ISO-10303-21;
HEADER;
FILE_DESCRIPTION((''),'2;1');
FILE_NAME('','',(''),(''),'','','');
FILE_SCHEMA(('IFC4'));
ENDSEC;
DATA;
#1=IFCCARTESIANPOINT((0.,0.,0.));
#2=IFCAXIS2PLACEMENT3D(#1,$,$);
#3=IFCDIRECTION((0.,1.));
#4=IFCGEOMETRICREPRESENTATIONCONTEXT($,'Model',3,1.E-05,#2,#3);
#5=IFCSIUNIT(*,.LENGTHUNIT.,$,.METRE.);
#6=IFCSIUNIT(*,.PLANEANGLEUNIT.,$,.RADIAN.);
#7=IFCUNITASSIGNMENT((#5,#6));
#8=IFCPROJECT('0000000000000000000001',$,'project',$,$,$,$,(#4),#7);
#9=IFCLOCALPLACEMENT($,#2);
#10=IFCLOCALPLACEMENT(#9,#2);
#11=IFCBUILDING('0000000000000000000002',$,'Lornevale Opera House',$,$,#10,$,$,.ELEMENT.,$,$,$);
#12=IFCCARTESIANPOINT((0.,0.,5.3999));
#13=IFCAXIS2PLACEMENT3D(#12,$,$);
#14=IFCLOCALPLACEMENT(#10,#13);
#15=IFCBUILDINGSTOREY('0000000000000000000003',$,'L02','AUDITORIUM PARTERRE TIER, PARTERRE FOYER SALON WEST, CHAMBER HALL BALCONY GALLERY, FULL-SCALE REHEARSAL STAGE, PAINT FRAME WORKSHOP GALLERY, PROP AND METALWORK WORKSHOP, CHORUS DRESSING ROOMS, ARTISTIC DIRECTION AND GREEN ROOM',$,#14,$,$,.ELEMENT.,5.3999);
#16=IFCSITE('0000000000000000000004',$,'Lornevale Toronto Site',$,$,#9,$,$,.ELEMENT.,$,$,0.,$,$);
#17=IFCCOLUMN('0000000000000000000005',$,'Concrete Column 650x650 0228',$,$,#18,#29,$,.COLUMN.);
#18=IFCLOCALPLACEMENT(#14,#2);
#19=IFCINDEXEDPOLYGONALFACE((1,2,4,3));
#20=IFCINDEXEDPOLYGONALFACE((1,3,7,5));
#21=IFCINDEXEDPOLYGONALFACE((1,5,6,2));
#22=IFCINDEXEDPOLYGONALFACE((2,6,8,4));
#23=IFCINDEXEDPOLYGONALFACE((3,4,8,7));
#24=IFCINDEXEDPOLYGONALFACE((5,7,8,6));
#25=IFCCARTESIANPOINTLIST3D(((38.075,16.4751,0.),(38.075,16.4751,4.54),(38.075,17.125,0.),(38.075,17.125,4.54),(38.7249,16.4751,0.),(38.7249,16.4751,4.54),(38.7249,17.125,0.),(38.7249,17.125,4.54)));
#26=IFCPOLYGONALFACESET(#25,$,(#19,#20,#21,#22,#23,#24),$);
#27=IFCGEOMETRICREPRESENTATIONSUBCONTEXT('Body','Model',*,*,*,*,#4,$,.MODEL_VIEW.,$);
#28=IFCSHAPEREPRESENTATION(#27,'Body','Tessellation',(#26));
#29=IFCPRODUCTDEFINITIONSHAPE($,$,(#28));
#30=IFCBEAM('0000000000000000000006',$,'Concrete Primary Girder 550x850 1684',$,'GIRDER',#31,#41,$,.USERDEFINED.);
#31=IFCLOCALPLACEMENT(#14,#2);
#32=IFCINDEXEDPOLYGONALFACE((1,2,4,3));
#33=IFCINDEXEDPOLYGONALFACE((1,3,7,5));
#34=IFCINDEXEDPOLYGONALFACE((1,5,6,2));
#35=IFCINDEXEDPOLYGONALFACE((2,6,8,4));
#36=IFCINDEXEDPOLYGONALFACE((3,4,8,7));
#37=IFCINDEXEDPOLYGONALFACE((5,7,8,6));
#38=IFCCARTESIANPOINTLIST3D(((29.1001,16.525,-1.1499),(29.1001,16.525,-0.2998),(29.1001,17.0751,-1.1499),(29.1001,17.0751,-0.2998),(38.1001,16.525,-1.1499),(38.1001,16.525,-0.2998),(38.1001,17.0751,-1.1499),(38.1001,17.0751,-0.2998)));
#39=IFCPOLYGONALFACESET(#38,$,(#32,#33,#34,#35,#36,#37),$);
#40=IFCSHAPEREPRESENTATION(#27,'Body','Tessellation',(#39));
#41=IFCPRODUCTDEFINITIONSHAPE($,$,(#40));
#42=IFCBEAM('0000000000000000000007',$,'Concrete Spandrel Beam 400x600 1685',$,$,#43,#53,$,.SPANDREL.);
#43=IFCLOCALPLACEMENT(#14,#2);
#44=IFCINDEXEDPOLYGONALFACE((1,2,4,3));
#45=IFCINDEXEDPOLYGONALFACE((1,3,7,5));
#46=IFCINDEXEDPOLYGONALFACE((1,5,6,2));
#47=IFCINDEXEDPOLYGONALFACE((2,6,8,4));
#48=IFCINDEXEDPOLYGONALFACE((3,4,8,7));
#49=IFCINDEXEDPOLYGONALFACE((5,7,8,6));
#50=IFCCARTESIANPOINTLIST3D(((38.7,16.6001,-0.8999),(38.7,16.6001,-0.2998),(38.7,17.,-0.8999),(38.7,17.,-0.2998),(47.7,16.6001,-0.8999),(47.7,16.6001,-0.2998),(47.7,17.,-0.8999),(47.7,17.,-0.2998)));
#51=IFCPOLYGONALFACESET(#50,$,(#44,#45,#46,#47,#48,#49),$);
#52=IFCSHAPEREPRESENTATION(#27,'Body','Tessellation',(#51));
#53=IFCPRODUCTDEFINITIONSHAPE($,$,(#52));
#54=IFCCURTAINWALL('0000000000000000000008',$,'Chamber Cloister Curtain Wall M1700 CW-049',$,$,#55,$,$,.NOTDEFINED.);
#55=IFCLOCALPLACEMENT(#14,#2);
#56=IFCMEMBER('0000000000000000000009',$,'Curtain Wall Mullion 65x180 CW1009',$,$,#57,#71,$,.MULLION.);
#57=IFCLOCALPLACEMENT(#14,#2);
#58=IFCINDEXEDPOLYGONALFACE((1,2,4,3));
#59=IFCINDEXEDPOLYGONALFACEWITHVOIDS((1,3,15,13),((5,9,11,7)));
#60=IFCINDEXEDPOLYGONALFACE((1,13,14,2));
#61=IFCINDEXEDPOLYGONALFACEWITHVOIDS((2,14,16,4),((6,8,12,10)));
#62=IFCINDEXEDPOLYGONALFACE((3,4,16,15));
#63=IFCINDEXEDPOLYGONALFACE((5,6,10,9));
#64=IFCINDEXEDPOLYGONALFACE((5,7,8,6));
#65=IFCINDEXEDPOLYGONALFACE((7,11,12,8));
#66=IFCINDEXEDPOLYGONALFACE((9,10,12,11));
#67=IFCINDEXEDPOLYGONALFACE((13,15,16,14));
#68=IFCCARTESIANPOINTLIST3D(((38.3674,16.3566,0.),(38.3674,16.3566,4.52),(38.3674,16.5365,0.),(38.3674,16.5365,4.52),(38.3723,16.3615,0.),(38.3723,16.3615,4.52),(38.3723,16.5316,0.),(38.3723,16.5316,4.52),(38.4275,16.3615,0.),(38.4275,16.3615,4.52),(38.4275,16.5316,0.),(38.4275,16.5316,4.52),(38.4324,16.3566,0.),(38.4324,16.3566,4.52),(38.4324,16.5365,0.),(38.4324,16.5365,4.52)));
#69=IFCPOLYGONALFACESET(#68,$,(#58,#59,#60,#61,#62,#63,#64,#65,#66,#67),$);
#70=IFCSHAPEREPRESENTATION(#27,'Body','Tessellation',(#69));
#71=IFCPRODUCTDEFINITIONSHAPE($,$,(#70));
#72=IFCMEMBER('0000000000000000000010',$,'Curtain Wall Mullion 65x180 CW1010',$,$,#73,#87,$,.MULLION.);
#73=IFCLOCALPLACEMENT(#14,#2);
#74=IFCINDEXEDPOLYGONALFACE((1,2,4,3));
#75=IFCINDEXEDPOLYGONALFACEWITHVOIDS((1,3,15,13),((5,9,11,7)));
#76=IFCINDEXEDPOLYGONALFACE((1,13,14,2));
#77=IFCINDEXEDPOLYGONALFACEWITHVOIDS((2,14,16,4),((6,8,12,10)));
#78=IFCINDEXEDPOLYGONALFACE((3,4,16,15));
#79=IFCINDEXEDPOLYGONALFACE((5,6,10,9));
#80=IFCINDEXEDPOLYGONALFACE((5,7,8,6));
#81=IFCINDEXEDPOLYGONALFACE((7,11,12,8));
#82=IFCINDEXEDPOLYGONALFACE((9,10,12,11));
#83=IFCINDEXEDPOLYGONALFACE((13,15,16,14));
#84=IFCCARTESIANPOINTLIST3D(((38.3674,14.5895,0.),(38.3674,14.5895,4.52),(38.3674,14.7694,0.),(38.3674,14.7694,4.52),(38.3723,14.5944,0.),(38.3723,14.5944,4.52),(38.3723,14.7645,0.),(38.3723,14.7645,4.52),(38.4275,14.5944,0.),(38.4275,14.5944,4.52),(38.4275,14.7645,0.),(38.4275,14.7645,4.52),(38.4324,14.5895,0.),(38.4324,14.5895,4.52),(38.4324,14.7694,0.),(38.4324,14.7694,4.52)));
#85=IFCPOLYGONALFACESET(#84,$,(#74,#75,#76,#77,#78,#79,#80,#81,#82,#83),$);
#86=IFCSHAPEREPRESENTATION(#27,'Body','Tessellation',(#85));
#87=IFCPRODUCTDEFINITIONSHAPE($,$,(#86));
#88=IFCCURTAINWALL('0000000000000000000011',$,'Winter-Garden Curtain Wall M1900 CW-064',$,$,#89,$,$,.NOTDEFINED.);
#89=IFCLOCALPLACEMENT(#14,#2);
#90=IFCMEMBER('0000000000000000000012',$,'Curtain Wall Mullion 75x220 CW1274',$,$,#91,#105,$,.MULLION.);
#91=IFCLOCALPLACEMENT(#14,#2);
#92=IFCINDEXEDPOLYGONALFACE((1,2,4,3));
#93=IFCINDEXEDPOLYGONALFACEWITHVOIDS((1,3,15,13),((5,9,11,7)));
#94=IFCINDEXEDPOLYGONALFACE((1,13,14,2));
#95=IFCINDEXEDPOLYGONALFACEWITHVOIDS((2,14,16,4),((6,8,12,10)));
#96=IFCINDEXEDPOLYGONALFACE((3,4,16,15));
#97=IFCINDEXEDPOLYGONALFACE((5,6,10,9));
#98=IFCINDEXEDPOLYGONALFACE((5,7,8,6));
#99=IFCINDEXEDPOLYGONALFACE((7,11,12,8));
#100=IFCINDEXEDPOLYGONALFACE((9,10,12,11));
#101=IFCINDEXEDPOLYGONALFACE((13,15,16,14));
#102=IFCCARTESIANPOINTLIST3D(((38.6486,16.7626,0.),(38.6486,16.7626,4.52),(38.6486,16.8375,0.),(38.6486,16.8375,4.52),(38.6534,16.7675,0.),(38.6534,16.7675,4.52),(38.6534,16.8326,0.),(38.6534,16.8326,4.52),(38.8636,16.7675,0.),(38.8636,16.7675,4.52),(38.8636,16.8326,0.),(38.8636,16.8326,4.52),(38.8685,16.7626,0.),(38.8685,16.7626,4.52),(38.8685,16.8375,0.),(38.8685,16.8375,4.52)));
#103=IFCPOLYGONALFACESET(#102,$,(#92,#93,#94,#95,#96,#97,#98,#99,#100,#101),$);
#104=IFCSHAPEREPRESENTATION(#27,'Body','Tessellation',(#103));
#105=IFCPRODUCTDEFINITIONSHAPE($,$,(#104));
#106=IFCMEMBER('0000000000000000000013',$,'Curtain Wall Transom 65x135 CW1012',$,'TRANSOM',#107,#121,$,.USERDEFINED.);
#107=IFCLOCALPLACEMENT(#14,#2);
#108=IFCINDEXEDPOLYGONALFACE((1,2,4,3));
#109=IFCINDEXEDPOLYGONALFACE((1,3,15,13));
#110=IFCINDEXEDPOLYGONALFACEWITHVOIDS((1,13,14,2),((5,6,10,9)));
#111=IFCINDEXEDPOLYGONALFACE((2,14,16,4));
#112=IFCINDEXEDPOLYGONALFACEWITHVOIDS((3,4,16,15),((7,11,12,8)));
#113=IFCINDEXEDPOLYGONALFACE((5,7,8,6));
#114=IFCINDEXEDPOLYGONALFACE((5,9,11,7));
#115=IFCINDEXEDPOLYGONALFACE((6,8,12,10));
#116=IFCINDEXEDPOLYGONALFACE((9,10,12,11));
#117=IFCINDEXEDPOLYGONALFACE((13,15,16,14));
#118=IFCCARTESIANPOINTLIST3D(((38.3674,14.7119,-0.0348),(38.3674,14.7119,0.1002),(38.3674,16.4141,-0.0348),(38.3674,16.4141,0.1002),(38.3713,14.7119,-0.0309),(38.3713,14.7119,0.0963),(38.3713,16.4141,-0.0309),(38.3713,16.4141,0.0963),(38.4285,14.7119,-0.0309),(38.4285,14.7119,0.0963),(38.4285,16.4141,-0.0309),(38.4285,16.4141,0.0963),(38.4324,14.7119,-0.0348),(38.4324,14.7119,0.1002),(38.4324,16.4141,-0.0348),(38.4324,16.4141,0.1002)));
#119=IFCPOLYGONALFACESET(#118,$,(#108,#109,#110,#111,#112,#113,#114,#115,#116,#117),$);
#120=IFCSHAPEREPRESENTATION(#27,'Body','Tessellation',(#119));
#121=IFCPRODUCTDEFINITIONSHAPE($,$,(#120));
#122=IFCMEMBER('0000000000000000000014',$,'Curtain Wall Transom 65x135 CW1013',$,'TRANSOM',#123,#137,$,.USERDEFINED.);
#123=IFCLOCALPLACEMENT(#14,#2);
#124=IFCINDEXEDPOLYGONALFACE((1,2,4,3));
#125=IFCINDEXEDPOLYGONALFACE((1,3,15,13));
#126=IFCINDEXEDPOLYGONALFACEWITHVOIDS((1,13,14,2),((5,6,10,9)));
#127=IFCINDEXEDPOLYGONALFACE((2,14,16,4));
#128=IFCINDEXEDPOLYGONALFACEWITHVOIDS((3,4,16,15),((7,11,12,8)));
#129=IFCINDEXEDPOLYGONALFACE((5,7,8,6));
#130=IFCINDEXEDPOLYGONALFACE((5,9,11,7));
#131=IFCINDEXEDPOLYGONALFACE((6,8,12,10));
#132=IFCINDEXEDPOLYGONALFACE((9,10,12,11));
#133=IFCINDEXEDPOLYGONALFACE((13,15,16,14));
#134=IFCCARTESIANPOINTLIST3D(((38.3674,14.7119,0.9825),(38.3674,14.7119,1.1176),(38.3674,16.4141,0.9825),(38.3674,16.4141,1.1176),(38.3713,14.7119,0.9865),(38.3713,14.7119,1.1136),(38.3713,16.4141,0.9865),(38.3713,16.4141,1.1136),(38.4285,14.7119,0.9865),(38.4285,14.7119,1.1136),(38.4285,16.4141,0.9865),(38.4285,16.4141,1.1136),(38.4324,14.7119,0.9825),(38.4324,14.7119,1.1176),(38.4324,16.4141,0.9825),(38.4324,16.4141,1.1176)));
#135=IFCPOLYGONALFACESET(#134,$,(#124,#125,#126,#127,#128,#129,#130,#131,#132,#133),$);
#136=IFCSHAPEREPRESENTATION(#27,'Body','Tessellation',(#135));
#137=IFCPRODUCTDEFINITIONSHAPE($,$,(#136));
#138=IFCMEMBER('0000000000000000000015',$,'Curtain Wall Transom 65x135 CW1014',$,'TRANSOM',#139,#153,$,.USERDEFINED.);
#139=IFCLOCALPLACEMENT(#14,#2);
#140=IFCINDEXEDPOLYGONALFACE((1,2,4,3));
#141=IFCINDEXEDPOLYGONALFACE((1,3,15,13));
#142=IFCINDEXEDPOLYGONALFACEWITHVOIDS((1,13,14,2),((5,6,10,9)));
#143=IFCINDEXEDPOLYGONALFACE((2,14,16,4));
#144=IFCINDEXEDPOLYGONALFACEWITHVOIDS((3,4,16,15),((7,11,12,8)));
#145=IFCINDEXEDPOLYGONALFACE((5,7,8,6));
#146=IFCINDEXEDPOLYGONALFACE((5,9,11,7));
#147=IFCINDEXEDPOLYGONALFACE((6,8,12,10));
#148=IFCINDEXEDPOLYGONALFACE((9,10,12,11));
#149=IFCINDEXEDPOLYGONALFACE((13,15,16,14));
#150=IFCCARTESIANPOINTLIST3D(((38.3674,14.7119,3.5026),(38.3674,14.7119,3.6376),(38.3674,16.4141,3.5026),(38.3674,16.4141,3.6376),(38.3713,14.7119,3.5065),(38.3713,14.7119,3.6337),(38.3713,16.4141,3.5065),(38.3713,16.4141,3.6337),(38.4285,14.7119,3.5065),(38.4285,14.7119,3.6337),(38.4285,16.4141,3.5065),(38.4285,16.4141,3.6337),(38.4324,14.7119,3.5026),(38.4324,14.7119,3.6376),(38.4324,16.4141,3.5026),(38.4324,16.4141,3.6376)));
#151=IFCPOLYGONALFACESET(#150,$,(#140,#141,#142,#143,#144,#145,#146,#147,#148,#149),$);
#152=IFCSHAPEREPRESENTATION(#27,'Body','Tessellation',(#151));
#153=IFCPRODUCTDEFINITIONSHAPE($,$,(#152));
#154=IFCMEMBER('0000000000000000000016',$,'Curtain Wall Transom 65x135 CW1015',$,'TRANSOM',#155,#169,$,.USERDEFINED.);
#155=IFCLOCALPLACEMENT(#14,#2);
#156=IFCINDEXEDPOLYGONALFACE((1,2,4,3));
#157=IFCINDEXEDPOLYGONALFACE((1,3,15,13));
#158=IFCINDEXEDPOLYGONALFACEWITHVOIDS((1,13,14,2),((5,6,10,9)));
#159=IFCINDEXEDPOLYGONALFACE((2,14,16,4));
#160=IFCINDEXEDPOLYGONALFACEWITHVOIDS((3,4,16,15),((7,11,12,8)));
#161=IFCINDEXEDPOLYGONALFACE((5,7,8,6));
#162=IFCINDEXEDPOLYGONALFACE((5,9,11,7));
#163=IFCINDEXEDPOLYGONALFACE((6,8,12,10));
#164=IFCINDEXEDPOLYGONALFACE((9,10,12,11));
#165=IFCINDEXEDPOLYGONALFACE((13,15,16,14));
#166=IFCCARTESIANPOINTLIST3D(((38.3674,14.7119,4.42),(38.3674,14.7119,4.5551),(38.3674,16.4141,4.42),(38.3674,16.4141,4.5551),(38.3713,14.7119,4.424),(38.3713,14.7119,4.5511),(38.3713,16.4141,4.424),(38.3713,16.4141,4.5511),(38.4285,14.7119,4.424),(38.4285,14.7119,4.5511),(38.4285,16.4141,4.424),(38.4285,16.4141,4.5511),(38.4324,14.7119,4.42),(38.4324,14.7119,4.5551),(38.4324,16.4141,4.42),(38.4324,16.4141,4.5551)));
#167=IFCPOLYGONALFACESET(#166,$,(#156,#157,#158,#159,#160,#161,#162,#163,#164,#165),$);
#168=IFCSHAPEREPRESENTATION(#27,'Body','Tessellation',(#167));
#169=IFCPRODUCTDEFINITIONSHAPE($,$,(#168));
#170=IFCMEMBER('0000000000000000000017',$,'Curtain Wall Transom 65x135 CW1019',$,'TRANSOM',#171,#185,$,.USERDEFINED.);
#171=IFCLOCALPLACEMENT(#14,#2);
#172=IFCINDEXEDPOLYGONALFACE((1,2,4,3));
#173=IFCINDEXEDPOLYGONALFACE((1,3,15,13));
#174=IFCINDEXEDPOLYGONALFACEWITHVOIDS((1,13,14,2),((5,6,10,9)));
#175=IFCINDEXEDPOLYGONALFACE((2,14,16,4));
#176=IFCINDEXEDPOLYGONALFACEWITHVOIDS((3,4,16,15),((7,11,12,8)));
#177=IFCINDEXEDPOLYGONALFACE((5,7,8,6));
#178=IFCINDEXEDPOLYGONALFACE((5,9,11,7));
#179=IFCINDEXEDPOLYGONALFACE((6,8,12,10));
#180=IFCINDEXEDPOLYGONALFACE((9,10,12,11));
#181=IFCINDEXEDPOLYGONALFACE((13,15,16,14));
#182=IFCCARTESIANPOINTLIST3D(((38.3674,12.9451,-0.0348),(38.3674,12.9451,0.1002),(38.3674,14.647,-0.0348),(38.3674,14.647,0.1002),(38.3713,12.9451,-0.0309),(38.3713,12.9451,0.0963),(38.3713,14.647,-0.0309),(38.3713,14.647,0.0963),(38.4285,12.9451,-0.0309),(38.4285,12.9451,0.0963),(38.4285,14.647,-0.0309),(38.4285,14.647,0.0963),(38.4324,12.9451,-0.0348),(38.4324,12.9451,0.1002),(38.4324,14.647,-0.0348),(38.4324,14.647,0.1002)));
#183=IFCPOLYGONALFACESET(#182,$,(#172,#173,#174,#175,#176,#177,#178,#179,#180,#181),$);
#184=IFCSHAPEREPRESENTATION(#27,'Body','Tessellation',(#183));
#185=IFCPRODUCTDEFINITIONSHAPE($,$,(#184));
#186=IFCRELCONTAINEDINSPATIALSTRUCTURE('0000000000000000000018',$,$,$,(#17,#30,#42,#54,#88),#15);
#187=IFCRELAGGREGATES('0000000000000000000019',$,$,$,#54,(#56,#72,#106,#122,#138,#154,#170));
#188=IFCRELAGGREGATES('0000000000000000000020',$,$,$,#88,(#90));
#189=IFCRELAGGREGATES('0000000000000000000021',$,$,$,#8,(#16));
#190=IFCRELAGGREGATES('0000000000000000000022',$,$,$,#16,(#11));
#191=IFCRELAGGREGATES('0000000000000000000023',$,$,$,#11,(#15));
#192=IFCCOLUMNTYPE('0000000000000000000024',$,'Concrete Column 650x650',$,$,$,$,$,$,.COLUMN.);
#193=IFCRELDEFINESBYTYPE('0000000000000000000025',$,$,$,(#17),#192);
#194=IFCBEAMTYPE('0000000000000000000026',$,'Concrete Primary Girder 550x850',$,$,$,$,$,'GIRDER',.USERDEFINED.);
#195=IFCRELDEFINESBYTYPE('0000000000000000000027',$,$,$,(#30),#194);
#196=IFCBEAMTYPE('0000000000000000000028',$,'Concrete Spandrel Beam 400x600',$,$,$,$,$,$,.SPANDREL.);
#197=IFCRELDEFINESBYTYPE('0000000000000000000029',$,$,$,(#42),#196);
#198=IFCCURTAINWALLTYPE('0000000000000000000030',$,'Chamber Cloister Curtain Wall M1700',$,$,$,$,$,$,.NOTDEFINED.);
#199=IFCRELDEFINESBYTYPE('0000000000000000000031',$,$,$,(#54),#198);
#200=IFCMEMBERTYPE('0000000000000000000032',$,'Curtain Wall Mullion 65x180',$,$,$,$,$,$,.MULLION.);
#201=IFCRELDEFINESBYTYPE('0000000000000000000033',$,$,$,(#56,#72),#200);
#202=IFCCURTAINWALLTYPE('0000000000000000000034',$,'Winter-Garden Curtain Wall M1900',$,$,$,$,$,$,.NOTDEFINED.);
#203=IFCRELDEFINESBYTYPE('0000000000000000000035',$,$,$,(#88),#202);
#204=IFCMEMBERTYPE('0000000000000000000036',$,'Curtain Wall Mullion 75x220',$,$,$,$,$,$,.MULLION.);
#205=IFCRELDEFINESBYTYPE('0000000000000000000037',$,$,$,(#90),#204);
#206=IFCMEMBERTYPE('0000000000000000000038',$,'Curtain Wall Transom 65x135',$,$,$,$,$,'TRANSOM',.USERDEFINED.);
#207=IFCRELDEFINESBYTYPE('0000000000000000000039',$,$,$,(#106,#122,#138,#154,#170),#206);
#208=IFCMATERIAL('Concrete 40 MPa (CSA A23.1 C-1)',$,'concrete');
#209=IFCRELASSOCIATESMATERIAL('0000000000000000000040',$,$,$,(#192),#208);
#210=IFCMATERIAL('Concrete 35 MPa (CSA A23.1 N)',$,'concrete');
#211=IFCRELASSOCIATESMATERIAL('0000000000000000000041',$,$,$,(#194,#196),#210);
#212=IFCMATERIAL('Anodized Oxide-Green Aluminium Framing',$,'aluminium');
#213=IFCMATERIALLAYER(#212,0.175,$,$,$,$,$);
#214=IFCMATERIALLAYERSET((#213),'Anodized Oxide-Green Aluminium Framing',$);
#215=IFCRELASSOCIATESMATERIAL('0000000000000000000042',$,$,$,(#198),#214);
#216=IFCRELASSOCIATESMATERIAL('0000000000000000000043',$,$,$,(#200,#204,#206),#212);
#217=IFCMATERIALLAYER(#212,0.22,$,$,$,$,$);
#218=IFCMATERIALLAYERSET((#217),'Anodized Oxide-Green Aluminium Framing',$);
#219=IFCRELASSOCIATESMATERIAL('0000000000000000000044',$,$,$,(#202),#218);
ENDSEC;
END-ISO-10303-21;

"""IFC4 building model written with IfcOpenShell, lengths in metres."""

from ifc_helpers import new_model, si_unit, direction, frame, origin, origin_2d, place, context, subcontext, project, spatial, rectangle, hollow_rectangle, extrude, material, layer, layer_set, material_profile, profile_set, type_object, element, aggregate, save


model = new_model("IFC4")

# Units and contexts
model_context = context("Model", 3, precision=1e-05, world=origin(), true_north=direction((0.0, 1.0)))
body_context = subcontext(model_context, "Body", "Model", "MODEL_VIEW")
ifc_project = project(units=[si_unit("LENGTHUNIT", "METRE"), si_unit("PLANEANGLEUNIT", "RADIAN")], contexts=[model_context])

# Site, building, storey
site_placement = place(None, origin())
site = spatial("IfcSite", under=ifc_project, at=site_placement, Name="Lornevale Toronto Site", CompositionType="ELEMENT", RefElevation=0.0)
building_placement = place(site_placement, origin())
building = spatial("IfcBuilding", under=site, at=building_placement, Name="Lornevale Opera House", CompositionType="ELEMENT")
storey_placement = place(building_placement, frame((0.0, 0.0, 5.3999)))
storey = spatial("IfcBuildingStorey", under=building, at=storey_placement, Name="L02", Description="AUDITORIUM PARTERRE TIER, PARTERRE FOYER SALON WEST, CHAMBER HALL BALCONY GALLERY, FULL-SCALE REHEARSAL STAGE, PAINT FRAME WORKSHOP GALLERY, PROP AND METALWORK WORKSHOP, CHORUS DRESSING ROOMS, ARTISTIC DIRECTION AND GREEN ROOM", CompositionType="ELEMENT", Elevation=5.3999)

# Column
ifc_material_1 = material(Name="Concrete 40 MPa (CSA A23.1 C-1)", Category="concrete")
ifc_material_profile_1 = material_profile(ifc_material_1, rectangle(XDim=0.6499, YDim=0.6499, at=origin_2d()), Name="RC650x650")
ifc_profile_set_1 = profile_set([ifc_material_profile_1], Name="Concrete 40 MPa (CSA A23.1 C-1)")
column_type = type_object("IfcColumnType", Name="Concrete Column 650x650", PredefinedType="COLUMN", material=ifc_profile_set_1)
column_placement = place(storey_placement, frame((38.3999, 16.8, 0.0), z_axis=(0.0, 0.0, 1.0), x_axis=(1.0, 0.0, 0.0)))
element("IfcColumn", 1, at=column_placement, inside=storey, type_object=column_type, Name="Concrete Column 650x650 0228", PredefinedType="COLUMN", context=body_context, shape_type="SweptSolid", body=[
    extrude(rectangle(XDim=0.6499, YDim=0.6499, at=origin_2d()), origin(), (0.0, 0.0, 1.0), 4.54),
])

# Beams
ifc_material_2 = material(Name="Concrete 35 MPa (CSA A23.1 N)", Category="concrete")
ifc_material_profile_2 = material_profile(ifc_material_2, rectangle(XDim=0.55, YDim=0.8501, at=origin_2d()), Name="RC550x850")
ifc_profile_set_2 = profile_set([ifc_material_profile_2], Name="Concrete 35 MPa (CSA A23.1 N)")
beam_type_1 = type_object("IfcBeamType", Name="Concrete Primary Girder 550x850", ElementType="GIRDER", PredefinedType="USERDEFINED", material=ifc_profile_set_2)
beam_1_placement = place(storey_placement, frame((29.1001, 16.8, -0.7249), z_axis=(1.0, 0.0, 0.0), x_axis=(0.0, 1.0, 0.0)))
element("IfcBeam", 2, at=beam_1_placement, inside=storey, type_object=beam_type_1, Name="Concrete Primary Girder 550x850 1684", ObjectType="GIRDER", PredefinedType="USERDEFINED", context=body_context, shape_type="SweptSolid", body=[
    extrude(rectangle(XDim=0.55, YDim=0.8501, at=origin_2d()), origin(), (0.0, 0.0, 1.0), 9.0),
])
ifc_material_profile_3 = material_profile(ifc_material_2, rectangle(XDim=0.3999, YDim=0.6001, at=origin_2d()), Name="RC400x600")
ifc_profile_set_3 = profile_set([ifc_material_profile_3], Name="Concrete 35 MPa (CSA A23.1 N)")
beam_type_2 = type_object("IfcBeamType", Name="Concrete Spandrel Beam 400x600", PredefinedType="SPANDREL", material=ifc_profile_set_3)
beam_2_placement = place(storey_placement, frame((38.7, 16.8, -0.5999), z_axis=(1.0, 0.0, 0.0), x_axis=(0.0, 1.0, 0.0)))
element("IfcBeam", 3, at=beam_2_placement, inside=storey, type_object=beam_type_2, Name="Concrete Spandrel Beam 400x600 1685", PredefinedType="SPANDREL", context=body_context, shape_type="SweptSolid", body=[
    extrude(rectangle(XDim=0.3999, YDim=0.6001, at=origin_2d()), origin(), (0.0, 0.0, 1.0), 9.0),
])

# Curtain wall, members
ifc_material_3 = material(Name="Anodized Oxide-Green Aluminium Framing", Category="aluminium")
ifc_layer_1 = layer(ifc_material_3, 0.175)
ifc_layer_set_1 = layer_set([ifc_layer_1], Name="Anodized Oxide-Green Aluminium Framing")
curtain_wall_type_1 = type_object("IfcCurtainWallType", Name="Chamber Cloister Curtain Wall M1700", PredefinedType="NOTDEFINED", material=ifc_layer_set_1)
curtain_wall_1_placement = place(storey_placement, origin())
curtain_wall_1 = element("IfcCurtainWall", 4, at=curtain_wall_1_placement, inside=storey, type_object=curtain_wall_type_1, Name="Chamber Cloister Curtain Wall M1700 CW-049", PredefinedType="NOTDEFINED")
ifc_material_profile_4 = material_profile(ifc_material_3, hollow_rectangle(XDim=0.0649, YDim=0.1799, WallThickness=0.0049, at=origin_2d()), Name="ALU65x180x5")
ifc_profile_set_4 = profile_set([ifc_material_profile_4], Name="Anodized Oxide-Green Aluminium Framing")
member_type_1 = type_object("IfcMemberType", Name="Curtain Wall Mullion 65x180", PredefinedType="MULLION", material=ifc_profile_set_4)
member_1_placement = place(storey_placement, frame((38.3999, 16.4465, 0.0), z_axis=(0.0, 0.0, 1.0), x_axis=(1.0, 0.0, 0.0)))
member_1 = element("IfcMember", 5, at=member_1_placement, type_object=member_type_1, Name="Curtain Wall Mullion 65x180 CW1009", PredefinedType="MULLION", context=body_context, shape_type="SweptSolid", body=[
    extrude(hollow_rectangle(XDim=0.0649, YDim=0.1799, WallThickness=0.0049, at=origin_2d()), origin(), (0.0, 0.0, 1.0), 4.52),
])
member_2_placement = place(storey_placement, frame((38.3999, 14.6794, 0.0), z_axis=(0.0, 0.0, 1.0), x_axis=(1.0, 0.0, 0.0)))
member_2 = element("IfcMember", 6, at=member_2_placement, type_object=member_type_1, Name="Curtain Wall Mullion 65x180 CW1010", PredefinedType="MULLION", context=body_context, shape_type="SweptSolid", body=[
    extrude(hollow_rectangle(XDim=0.0649, YDim=0.1799, WallThickness=0.0049, at=origin_2d()), origin(), (0.0, 0.0, 1.0), 4.52),
])

# Curtain wall, member
ifc_layer_2 = layer(ifc_material_3, 0.22)
ifc_layer_set_2 = layer_set([ifc_layer_2], Name="Anodized Oxide-Green Aluminium Framing")
curtain_wall_type_2 = type_object("IfcCurtainWallType", Name="Winter-Garden Curtain Wall M1900", PredefinedType="NOTDEFINED", material=ifc_layer_set_2)
curtain_wall_2_placement = place(storey_placement, origin())
curtain_wall_2 = element("IfcCurtainWall", 7, at=curtain_wall_2_placement, inside=storey, type_object=curtain_wall_type_2, Name="Winter-Garden Curtain Wall M1900 CW-064", PredefinedType="NOTDEFINED")
ifc_material_profile_5 = material_profile(ifc_material_3, hollow_rectangle(XDim=0.075, YDim=0.22, WallThickness=0.0049, at=origin_2d()), Name="ALU75x220x5")
ifc_profile_set_5 = profile_set([ifc_material_profile_5], Name="Anodized Oxide-Green Aluminium Framing")
member_type_2 = type_object("IfcMemberType", Name="Curtain Wall Mullion 75x220", PredefinedType="MULLION", material=ifc_profile_set_5)
member_3_placement = place(storey_placement, frame((38.7585, 16.8, 0.0), z_axis=(0.0, 0.0, 1.0), x_axis=(0.0, -1.0, 0.0)))
member_3 = element("IfcMember", 8, at=member_3_placement, type_object=member_type_2, Name="Curtain Wall Mullion 75x220 CW1274", PredefinedType="MULLION", context=body_context, shape_type="SweptSolid", body=[
    extrude(hollow_rectangle(XDim=0.075, YDim=0.22, WallThickness=0.0049, at=origin_2d()), origin(), (0.0, 0.0, 1.0), 4.52),
])

# Members
ifc_material_profile_6 = material_profile(ifc_material_3, hollow_rectangle(XDim=0.0649, YDim=0.135, WallThickness=0.0039, at=origin_2d()), Name="ALU65x135x4")
ifc_profile_set_6 = profile_set([ifc_material_profile_6], Name="Anodized Oxide-Green Aluminium Framing")
member_type_3 = type_object("IfcMemberType", Name="Curtain Wall Transom 65x135", ElementType="TRANSOM", PredefinedType="USERDEFINED", material=ifc_profile_set_6)
member_4_placement = place(storey_placement, frame((38.3999, 16.4141, 0.0327), z_axis=(0.0, -1.0, 0.0), x_axis=(1.0, 0.0, 0.0)))
member_4 = element("IfcMember", 9, at=member_4_placement, type_object=member_type_3, Name="Curtain Wall Transom 65x135 CW1012", ObjectType="TRANSOM", PredefinedType="USERDEFINED", context=body_context, shape_type="SweptSolid", body=[
    extrude(hollow_rectangle(XDim=0.0649, YDim=0.135, WallThickness=0.0039, at=origin_2d()), origin(), (0.0, 0.0, 1.0), 1.7021),
])
member_5_placement = place(storey_placement, frame((38.3999, 16.4141, 1.05), z_axis=(0.0, -1.0, 0.0), x_axis=(1.0, 0.0, 0.0)))
member_5 = element("IfcMember", 10, at=member_5_placement, type_object=member_type_3, Name="Curtain Wall Transom 65x135 CW1013", ObjectType="TRANSOM", PredefinedType="USERDEFINED", context=body_context, shape_type="SweptSolid", body=[
    extrude(hollow_rectangle(XDim=0.0649, YDim=0.135, WallThickness=0.0039, at=origin_2d()), origin(), (0.0, 0.0, 1.0), 1.7021),
])
member_6_placement = place(storey_placement, frame((38.3999, 16.4141, 3.5701), z_axis=(0.0, -1.0, 0.0), x_axis=(1.0, 0.0, 0.0)))
member_6 = element("IfcMember", 11, at=member_6_placement, type_object=member_type_3, Name="Curtain Wall Transom 65x135 CW1014", ObjectType="TRANSOM", PredefinedType="USERDEFINED", context=body_context, shape_type="SweptSolid", body=[
    extrude(hollow_rectangle(XDim=0.0649, YDim=0.135, WallThickness=0.0039, at=origin_2d()), origin(), (0.0, 0.0, 1.0), 1.7021),
])
member_7_placement = place(storey_placement, frame((38.3999, 16.4141, 4.4875), z_axis=(0.0, -1.0, 0.0), x_axis=(1.0, 0.0, 0.0)))
member_7 = element("IfcMember", 12, at=member_7_placement, type_object=member_type_3, Name="Curtain Wall Transom 65x135 CW1015", ObjectType="TRANSOM", PredefinedType="USERDEFINED", context=body_context, shape_type="SweptSolid", body=[
    extrude(hollow_rectangle(XDim=0.0649, YDim=0.135, WallThickness=0.0039, at=origin_2d()), origin(), (0.0, 0.0, 1.0), 1.7021),
])
member_8_placement = place(storey_placement, frame((38.3999, 14.647, 0.0327), z_axis=(0.0, -1.0, 0.0), x_axis=(1.0, 0.0, 0.0)))
member_8 = element("IfcMember", 13, at=member_8_placement, type_object=member_type_3, Name="Curtain Wall Transom 65x135 CW1019", ObjectType="TRANSOM", PredefinedType="USERDEFINED", context=body_context, shape_type="SweptSolid", body=[
    extrude(hollow_rectangle(XDim=0.0649, YDim=0.135, WallThickness=0.0039, at=origin_2d()), origin(), (0.0, 0.0, 1.0), 1.7019),
])

aggregate(curtain_wall_1, [member_1, member_2, member_4, member_5, member_6, member_7, member_8])
aggregate(curtain_wall_2, [member_3])

save(model, "model.ifc")
